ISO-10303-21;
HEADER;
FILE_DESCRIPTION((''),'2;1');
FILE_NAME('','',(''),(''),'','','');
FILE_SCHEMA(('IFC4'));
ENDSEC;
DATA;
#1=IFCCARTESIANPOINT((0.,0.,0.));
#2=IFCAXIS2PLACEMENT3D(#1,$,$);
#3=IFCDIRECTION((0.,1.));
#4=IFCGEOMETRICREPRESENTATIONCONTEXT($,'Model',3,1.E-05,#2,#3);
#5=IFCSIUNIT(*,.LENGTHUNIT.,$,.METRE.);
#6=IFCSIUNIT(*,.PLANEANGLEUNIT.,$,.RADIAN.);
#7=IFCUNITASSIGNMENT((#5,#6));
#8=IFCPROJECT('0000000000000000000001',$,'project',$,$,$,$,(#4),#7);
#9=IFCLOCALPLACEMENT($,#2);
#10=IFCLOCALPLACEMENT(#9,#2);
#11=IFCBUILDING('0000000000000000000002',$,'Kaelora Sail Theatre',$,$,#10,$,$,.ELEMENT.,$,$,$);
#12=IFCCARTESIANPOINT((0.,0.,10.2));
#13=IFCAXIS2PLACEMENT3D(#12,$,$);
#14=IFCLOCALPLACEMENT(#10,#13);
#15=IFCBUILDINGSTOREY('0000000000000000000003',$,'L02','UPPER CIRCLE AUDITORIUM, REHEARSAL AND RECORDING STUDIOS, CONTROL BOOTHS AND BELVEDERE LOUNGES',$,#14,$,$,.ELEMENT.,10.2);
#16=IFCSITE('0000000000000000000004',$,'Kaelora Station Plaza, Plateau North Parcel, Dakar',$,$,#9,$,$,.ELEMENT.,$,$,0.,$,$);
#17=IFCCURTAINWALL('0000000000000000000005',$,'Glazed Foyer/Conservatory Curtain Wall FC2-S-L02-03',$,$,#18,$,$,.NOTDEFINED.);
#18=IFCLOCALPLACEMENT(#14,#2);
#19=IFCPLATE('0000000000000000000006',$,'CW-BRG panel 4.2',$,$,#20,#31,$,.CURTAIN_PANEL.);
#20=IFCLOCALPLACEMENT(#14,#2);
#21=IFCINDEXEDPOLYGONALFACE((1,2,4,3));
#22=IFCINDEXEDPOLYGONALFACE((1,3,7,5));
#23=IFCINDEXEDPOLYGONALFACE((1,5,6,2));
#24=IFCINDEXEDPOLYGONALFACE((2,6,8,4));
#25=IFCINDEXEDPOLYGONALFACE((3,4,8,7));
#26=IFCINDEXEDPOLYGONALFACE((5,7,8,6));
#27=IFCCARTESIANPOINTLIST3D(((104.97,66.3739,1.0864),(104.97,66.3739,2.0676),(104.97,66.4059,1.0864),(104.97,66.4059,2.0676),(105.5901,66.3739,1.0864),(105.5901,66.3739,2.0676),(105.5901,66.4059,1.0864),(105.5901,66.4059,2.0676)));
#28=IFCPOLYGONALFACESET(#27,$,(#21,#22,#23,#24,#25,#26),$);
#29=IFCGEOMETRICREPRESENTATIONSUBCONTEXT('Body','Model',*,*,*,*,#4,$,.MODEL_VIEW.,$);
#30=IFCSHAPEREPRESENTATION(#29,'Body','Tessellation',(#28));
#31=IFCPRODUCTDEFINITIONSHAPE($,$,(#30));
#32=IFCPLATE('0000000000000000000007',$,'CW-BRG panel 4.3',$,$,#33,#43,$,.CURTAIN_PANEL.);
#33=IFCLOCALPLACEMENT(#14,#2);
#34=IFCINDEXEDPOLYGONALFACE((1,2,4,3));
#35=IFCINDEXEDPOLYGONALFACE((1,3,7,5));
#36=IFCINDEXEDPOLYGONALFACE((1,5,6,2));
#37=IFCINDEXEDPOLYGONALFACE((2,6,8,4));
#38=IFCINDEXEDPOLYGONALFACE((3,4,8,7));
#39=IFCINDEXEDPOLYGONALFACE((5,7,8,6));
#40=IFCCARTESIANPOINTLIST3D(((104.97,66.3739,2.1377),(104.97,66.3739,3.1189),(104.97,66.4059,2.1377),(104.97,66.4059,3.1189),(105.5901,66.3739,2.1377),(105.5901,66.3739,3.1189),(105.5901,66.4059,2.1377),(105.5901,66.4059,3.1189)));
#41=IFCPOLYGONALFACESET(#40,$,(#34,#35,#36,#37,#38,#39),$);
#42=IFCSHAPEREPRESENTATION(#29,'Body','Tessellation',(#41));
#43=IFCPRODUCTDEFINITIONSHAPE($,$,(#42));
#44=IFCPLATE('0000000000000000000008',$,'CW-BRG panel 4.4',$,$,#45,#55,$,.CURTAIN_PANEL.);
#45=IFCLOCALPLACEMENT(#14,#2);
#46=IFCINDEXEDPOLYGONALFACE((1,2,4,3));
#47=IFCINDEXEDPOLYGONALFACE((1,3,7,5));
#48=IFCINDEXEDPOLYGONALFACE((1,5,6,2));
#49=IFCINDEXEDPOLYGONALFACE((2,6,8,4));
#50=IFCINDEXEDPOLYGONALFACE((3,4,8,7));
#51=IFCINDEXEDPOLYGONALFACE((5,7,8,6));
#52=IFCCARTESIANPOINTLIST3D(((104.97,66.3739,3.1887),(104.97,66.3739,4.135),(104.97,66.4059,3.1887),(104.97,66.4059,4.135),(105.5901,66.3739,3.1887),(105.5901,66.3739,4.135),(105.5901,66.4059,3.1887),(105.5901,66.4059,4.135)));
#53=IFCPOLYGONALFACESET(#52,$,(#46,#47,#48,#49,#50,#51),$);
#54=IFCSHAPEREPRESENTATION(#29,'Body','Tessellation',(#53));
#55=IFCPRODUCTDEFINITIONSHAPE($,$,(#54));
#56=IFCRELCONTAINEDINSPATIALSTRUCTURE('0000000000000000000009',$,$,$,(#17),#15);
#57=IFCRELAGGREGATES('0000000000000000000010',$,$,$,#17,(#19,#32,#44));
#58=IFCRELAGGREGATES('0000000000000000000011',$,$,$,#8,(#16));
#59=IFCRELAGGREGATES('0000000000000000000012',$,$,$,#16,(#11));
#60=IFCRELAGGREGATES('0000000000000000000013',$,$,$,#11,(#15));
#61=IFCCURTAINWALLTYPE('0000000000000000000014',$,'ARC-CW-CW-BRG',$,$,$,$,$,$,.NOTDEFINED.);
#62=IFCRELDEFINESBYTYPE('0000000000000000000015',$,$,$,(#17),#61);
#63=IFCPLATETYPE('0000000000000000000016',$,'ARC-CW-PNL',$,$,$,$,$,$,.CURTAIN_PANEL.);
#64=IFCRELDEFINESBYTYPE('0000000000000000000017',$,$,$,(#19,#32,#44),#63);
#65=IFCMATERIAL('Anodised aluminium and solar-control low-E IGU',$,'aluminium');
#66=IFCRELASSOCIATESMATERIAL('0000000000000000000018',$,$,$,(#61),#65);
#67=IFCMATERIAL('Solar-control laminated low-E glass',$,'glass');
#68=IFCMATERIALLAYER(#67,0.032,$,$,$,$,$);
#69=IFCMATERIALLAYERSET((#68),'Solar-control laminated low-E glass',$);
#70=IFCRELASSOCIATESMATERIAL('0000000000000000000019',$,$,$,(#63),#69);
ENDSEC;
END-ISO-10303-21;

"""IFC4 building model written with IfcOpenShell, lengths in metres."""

from ifc_helpers import new_model, si_unit, direction, frame, origin, origin_2d, place, context, subcontext, project, spatial, rectangle, extrude, material, layer, layer_set, type_object, element, aggregate, save


model = new_model("IFC4")

# Units and contexts
model_context = context("Model", 3, precision=1e-05, world=origin(), true_north=direction((0.0, 1.0)))
body_context = subcontext(model_context, "Body", "Model", "MODEL_VIEW")
ifc_project = project(units=[si_unit("LENGTHUNIT", "METRE"), si_unit("PLANEANGLEUNIT", "RADIAN")], contexts=[model_context])

# Site, building, storey
site_placement = place(None, origin())
site = spatial("IfcSite", under=ifc_project, at=site_placement, Name="Kaelora Station Plaza, Plateau North Parcel, Dakar", CompositionType="ELEMENT", RefElevation=0.0)
building_placement = place(site_placement, origin())
building = spatial("IfcBuilding", under=site, at=building_placement, Name="Kaelora Sail Theatre", CompositionType="ELEMENT")
storey_placement = place(building_placement, frame((0.0, 0.0, 10.2)))
storey = spatial("IfcBuildingStorey", under=building, at=storey_placement, Name="L02", Description="UPPER CIRCLE AUDITORIUM, REHEARSAL AND RECORDING STUDIOS, CONTROL BOOTHS AND BELVEDERE LOUNGES", CompositionType="ELEMENT", Elevation=10.2)

# Curtain wall, plates
ifc_material_1 = material(Name="Anodised aluminium and solar-control low-E IGU", Category="aluminium")
curtain_wall_type = type_object("IfcCurtainWallType", Name="ARC-CW-CW-BRG", PredefinedType="NOTDEFINED", material=ifc_material_1)
curtain_wall_placement = place(storey_placement, origin())
curtain_wall = element("IfcCurtainWall", 1, at=curtain_wall_placement, inside=storey, type_object=curtain_wall_type, Name="Glazed Foyer/Conservatory Curtain Wall FC2-S-L02-03", PredefinedType="NOTDEFINED")
ifc_material_2 = material(Name="Solar-control laminated low-E glass", Category="glass")
ifc_layer = layer(ifc_material_2, 0.032)
ifc_layer_set = layer_set([ifc_layer], Name="Solar-control laminated low-E glass")
plate_type = type_object("IfcPlateType", Name="ARC-CW-PNL", PredefinedType="CURTAIN_PANEL", material=ifc_layer_set)
plate_1_placement = place(storey_placement, frame((105.28, 66.3899, 1.0864), z_axis=(0.0, 0.0, 1.0), x_axis=(1.0, 0.0, 0.0)))
plate_1 = element("IfcPlate", 2, at=plate_1_placement, type_object=plate_type, Name="CW-BRG panel 4.2", PredefinedType="CURTAIN_PANEL", context=body_context, shape_type="SweptSolid", body=[
    extrude(rectangle(XDim=0.6201, YDim=0.032, at=origin_2d()), origin(), (0.0, 0.0, 1.0), 0.9812),
])
plate_2_placement = place(storey_placement, frame((105.28, 66.3899, 2.1377), z_axis=(0.0, 0.0, 1.0), x_axis=(1.0, 0.0, 0.0)))
plate_2 = element("IfcPlate", 3, at=plate_2_placement, type_object=plate_type, Name="CW-BRG panel 4.3", PredefinedType="CURTAIN_PANEL", context=body_context, shape_type="SweptSolid", body=[
    extrude(rectangle(XDim=0.6201, YDim=0.032, at=origin_2d()), origin(), (0.0, 0.0, 1.0), 0.9812),
])
plate_3_placement = place(storey_placement, frame((105.28, 66.3899, 3.1887), z_axis=(0.0, 0.0, 1.0), x_axis=(1.0, 0.0, 0.0)))
plate_3 = element("IfcPlate", 4, at=plate_3_placement, type_object=plate_type, Name="CW-BRG panel 4.4", PredefinedType="CURTAIN_PANEL", context=body_context, shape_type="SweptSolid", body=[
    extrude(rectangle(XDim=0.6201, YDim=0.032, at=origin_2d()), origin(), (0.0, 0.0, 1.0), 0.9463),
])
aggregate(curtain_wall, [plate_1, plate_2, plate_3])

save(model, "model.ifc")
